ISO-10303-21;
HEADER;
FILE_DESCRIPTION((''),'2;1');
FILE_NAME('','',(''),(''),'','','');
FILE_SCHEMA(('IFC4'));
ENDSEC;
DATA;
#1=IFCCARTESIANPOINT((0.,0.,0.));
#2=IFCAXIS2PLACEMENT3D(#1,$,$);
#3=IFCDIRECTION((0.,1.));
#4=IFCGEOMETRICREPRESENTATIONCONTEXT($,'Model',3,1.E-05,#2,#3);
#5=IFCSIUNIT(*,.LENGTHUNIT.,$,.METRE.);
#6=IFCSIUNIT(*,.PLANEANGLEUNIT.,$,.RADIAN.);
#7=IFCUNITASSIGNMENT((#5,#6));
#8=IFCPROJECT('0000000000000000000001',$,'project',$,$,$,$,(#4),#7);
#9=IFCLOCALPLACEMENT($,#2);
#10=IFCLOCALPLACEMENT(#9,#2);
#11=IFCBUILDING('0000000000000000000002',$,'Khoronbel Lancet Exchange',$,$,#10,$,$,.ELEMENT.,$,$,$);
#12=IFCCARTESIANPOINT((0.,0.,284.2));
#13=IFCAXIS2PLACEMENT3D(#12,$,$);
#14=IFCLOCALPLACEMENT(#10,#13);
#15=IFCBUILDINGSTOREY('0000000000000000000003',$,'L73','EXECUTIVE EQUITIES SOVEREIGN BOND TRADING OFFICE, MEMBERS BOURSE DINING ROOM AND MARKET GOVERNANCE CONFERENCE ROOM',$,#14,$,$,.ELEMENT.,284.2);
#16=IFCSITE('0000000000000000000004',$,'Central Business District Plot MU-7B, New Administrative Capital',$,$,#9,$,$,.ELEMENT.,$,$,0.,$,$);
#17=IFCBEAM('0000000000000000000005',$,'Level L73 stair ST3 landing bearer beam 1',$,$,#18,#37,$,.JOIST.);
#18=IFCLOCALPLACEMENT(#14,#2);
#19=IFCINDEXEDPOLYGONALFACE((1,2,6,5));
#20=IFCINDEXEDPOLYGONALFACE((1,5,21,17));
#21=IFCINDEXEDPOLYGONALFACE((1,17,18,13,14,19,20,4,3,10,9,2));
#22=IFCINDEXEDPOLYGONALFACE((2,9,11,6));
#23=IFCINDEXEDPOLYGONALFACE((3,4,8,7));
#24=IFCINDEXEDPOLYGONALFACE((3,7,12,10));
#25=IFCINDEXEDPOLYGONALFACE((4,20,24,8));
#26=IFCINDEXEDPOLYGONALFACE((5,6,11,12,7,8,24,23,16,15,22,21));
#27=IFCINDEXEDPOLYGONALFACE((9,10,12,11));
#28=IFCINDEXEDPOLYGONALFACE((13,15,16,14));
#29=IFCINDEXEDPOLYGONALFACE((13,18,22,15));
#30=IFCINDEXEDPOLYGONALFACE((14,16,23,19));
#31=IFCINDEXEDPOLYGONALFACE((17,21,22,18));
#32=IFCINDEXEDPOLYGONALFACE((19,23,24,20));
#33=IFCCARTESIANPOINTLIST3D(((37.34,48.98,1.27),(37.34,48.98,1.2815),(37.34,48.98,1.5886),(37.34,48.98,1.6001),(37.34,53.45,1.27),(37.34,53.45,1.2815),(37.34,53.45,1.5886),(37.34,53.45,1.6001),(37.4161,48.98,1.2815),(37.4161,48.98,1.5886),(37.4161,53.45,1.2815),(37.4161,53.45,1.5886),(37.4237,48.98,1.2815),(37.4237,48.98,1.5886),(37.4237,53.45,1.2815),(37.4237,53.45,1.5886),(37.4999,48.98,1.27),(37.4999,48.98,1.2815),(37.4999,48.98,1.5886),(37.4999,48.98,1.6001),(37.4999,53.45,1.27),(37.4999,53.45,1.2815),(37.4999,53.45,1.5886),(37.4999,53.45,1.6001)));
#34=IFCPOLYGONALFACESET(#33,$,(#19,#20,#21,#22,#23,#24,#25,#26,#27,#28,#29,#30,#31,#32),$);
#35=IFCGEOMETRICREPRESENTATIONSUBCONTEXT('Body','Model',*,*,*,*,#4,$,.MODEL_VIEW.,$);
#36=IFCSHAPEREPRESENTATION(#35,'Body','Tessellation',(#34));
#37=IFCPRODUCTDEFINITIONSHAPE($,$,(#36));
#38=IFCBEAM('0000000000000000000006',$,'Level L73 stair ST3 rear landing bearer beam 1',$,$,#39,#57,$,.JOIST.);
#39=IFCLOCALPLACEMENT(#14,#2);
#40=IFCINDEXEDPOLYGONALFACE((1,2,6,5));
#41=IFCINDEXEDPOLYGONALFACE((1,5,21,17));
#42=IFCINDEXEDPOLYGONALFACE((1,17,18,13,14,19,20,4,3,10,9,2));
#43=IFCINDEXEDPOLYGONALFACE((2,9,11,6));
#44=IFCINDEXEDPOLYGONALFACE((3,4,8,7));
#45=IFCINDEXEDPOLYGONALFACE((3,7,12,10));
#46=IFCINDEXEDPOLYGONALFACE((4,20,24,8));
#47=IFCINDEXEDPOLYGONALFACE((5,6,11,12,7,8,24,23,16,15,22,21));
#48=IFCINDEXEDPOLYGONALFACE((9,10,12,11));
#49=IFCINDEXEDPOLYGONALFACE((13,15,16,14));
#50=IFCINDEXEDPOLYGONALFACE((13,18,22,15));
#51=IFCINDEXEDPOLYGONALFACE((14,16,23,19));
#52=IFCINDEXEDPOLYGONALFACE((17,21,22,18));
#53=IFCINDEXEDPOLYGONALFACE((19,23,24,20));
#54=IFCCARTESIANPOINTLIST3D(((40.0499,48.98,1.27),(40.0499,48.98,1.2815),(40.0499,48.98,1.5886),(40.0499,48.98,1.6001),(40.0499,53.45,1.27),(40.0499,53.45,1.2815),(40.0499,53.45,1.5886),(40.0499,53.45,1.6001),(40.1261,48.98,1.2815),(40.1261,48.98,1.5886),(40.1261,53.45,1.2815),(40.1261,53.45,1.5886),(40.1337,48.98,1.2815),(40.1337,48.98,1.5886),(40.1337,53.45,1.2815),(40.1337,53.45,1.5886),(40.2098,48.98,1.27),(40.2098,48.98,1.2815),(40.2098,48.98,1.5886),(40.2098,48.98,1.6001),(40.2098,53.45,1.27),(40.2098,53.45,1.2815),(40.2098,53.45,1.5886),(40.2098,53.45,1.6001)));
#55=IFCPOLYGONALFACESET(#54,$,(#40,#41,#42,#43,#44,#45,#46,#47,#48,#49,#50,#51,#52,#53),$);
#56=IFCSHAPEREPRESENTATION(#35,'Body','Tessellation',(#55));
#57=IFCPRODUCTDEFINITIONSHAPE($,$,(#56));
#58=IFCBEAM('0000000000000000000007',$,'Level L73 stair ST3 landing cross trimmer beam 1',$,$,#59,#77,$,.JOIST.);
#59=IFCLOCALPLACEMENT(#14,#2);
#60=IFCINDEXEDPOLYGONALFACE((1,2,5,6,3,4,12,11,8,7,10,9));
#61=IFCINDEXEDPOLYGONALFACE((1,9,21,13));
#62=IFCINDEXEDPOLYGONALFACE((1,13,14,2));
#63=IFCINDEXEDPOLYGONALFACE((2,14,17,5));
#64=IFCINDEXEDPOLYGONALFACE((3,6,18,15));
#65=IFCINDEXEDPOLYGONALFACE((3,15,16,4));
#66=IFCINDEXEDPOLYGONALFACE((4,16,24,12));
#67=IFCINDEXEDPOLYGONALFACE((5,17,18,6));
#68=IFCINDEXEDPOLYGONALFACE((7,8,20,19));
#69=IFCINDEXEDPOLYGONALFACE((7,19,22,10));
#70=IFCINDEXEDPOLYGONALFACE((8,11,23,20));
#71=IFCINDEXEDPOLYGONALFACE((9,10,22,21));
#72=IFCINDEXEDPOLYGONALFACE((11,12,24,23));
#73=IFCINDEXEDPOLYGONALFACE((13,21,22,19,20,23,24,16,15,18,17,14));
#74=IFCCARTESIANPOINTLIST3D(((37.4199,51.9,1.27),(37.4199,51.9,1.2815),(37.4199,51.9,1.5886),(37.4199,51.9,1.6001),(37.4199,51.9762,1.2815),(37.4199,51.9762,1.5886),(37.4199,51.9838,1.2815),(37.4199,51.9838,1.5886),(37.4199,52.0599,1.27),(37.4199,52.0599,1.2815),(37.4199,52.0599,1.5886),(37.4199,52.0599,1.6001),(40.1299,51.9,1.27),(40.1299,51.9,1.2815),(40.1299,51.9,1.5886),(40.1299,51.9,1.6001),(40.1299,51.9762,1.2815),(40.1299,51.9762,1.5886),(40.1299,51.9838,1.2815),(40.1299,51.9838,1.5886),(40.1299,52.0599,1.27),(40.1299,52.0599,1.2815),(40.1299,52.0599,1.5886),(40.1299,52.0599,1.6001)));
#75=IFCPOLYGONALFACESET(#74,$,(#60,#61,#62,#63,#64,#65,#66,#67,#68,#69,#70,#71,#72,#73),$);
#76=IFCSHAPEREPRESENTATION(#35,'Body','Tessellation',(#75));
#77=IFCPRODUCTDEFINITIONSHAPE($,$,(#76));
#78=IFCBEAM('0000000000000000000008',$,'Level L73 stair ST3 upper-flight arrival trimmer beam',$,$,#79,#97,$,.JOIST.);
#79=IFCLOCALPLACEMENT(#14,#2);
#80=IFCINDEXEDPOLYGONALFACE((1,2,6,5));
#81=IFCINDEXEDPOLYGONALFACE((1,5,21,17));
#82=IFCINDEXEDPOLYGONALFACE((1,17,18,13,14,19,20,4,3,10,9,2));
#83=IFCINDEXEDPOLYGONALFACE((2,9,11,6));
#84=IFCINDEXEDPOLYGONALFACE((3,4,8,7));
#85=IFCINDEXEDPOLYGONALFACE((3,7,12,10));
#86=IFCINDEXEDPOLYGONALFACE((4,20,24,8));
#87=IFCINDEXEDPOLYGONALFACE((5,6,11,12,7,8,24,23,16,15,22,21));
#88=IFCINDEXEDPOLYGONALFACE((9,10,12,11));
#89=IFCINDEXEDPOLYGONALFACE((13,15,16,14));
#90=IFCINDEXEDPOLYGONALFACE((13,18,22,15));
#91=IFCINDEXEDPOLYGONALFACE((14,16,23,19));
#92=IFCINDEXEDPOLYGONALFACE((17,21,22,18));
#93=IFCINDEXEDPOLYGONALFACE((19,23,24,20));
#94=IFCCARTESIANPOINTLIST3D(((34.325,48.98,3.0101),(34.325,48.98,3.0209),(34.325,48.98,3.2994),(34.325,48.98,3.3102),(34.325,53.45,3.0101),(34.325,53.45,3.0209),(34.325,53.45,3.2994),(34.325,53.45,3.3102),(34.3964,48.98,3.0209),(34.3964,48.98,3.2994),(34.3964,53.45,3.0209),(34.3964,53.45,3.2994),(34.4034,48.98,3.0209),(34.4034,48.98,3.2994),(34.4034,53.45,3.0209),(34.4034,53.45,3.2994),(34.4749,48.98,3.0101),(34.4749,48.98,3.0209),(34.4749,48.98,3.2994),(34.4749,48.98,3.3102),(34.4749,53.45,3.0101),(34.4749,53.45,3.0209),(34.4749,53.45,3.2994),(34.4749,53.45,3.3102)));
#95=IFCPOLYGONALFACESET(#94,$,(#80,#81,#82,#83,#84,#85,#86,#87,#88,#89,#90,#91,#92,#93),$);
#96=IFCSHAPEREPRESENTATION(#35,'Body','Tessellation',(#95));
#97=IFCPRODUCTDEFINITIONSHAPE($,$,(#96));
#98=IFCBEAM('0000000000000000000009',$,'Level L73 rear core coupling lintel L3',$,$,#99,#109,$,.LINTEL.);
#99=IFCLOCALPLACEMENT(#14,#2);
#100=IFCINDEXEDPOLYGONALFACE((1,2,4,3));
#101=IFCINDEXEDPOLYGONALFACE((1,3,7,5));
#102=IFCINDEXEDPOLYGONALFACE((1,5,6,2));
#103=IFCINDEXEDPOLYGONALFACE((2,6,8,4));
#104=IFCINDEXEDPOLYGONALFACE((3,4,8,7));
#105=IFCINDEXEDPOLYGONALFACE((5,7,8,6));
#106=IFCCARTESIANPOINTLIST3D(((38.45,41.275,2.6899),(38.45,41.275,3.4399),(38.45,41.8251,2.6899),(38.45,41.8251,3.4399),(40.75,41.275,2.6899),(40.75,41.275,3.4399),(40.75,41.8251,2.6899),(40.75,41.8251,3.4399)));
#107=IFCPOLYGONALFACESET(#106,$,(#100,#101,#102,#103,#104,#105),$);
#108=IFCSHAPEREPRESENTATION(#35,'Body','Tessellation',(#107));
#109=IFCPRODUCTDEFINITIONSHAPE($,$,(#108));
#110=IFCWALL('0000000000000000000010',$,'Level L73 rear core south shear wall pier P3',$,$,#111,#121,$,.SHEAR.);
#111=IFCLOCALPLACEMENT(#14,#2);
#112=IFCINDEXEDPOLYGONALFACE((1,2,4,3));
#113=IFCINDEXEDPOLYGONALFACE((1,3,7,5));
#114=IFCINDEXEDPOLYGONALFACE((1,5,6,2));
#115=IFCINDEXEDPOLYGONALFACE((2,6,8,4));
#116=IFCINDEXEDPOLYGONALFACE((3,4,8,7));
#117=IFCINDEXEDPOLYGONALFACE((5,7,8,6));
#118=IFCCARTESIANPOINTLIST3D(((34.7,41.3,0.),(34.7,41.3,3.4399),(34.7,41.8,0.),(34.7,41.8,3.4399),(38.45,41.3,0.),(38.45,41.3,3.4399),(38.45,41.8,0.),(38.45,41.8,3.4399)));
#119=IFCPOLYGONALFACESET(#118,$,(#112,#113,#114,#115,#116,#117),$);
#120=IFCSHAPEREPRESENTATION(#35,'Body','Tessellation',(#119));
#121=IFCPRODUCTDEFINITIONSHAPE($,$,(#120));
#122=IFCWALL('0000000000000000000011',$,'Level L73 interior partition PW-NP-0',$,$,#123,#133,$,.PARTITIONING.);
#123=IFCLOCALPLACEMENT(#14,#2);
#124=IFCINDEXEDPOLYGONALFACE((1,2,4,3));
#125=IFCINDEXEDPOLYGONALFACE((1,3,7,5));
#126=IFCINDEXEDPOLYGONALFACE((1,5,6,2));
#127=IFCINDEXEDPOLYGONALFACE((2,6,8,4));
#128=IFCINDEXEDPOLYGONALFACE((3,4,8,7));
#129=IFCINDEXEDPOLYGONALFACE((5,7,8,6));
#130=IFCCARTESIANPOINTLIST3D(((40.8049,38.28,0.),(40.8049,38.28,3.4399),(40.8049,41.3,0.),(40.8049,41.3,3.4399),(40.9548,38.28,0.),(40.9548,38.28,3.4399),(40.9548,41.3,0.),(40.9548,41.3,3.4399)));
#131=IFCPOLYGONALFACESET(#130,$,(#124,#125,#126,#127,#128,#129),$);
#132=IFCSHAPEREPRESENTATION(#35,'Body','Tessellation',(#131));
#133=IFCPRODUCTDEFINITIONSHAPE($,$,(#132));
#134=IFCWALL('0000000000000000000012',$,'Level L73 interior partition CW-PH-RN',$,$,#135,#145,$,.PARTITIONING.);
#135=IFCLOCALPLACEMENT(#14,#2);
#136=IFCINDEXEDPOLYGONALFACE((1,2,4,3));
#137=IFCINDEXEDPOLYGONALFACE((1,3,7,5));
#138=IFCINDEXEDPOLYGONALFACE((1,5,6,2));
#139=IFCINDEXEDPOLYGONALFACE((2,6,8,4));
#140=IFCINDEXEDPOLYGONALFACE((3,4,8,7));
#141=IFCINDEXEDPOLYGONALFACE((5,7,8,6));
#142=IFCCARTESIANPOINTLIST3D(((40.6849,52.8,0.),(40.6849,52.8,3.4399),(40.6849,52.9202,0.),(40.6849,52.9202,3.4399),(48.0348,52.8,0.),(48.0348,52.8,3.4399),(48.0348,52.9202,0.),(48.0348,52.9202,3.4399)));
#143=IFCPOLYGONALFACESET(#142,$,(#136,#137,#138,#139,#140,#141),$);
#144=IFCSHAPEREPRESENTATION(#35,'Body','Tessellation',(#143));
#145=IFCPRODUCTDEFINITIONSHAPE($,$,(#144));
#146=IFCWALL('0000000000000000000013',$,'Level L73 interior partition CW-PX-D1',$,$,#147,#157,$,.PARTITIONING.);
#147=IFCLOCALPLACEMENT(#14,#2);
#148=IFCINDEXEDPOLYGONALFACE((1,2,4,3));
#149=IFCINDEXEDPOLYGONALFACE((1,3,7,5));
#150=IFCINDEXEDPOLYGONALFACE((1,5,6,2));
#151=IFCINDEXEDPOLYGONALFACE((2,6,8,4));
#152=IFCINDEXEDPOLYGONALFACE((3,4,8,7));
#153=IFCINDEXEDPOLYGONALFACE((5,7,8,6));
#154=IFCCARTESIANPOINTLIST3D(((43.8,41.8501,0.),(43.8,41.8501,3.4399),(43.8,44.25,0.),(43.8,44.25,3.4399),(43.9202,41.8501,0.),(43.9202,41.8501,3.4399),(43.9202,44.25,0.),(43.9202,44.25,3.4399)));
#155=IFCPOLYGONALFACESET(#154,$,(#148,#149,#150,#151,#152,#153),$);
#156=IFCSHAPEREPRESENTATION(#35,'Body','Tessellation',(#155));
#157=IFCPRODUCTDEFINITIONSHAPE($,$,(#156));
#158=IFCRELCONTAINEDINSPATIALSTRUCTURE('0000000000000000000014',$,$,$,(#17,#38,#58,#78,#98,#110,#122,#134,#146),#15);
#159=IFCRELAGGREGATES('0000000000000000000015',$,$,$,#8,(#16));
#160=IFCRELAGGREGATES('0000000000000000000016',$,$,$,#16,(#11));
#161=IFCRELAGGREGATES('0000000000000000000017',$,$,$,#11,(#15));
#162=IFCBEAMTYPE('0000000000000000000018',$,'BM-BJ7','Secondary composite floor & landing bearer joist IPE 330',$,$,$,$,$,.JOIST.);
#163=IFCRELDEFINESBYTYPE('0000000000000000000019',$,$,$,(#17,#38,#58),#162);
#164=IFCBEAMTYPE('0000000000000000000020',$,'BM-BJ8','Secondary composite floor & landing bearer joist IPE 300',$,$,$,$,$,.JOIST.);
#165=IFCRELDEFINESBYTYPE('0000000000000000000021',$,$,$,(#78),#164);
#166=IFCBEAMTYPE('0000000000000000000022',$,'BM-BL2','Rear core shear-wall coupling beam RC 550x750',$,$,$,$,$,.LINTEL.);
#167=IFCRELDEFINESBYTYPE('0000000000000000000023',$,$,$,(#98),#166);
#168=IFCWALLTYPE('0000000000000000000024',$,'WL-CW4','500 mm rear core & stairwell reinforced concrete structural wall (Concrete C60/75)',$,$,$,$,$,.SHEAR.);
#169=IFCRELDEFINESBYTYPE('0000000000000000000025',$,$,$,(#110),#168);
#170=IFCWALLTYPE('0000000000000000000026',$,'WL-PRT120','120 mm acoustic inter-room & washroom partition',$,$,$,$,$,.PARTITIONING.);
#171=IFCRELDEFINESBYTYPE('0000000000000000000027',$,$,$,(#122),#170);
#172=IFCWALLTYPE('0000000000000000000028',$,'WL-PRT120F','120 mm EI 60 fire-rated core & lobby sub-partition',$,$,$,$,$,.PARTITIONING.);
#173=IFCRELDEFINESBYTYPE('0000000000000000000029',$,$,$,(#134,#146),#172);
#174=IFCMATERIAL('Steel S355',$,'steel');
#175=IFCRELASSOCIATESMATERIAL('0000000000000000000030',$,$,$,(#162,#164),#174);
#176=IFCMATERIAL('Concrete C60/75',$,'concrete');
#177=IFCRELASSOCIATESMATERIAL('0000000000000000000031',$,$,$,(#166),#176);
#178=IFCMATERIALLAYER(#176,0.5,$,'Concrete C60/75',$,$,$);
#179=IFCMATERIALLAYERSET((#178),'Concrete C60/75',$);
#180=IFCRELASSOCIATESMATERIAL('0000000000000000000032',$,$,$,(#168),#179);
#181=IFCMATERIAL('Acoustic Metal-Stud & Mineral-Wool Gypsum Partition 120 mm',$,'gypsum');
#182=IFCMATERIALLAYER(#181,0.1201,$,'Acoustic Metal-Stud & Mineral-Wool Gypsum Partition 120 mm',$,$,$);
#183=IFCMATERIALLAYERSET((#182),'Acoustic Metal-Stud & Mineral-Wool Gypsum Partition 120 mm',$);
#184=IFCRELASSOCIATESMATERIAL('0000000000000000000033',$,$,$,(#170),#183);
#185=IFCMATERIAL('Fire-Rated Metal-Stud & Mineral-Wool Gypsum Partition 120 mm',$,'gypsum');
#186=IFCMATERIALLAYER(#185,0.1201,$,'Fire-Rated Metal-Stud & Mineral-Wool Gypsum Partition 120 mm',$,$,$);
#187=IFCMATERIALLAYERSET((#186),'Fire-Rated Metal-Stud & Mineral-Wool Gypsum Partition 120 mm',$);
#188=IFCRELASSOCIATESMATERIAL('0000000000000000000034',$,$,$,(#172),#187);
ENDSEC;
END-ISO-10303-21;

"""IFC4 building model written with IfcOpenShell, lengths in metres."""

from ifc_helpers import new_model, si_unit, direction, frame, frame_2d, origin, origin_2d, place, context, subcontext, project, spatial, rectangle, i_section, extrude, material, layer, layer_set, material_profile, profile_set, type_object, element, save


model = new_model("IFC4")

# Units and contexts
model_context = context("Model", 3, precision=1e-05, world=origin(), true_north=direction((0.0, 1.0)))
body_context = subcontext(model_context, "Body", "Model", "MODEL_VIEW")
ifc_project = project(units=[si_unit("LENGTHUNIT", "METRE"), si_unit("PLANEANGLEUNIT", "RADIAN")], contexts=[model_context])

# Site, building, storey
site_placement = place(None, origin())
site = spatial("IfcSite", under=ifc_project, at=site_placement, Name="Central Business District Plot MU-7B, New Administrative Capital", CompositionType="ELEMENT", RefElevation=0.0)
building_placement = place(site_placement, origin())
building = spatial("IfcBuilding", under=site, at=building_placement, Name="Khoronbel Lancet Exchange", CompositionType="ELEMENT")
storey_placement = place(building_placement, frame((0.0, 0.0, 284.2)))
storey = spatial("IfcBuildingStorey", under=building, at=storey_placement, Name="L73", Description="EXECUTIVE EQUITIES SOVEREIGN BOND TRADING OFFICE, MEMBERS BOURSE DINING ROOM AND MARKET GOVERNANCE CONFERENCE ROOM", CompositionType="ELEMENT", Elevation=284.2)

# Beams
ifc_material_1 = material(Name="Steel S355", Category="steel")
ifc_material_profile_1 = material_profile(ifc_material_1, i_section(OverallWidth=0.1599, OverallDepth=0.3301, WebThickness=0.0076, FlangeThickness=0.0115, at=origin_2d()), Name="IPE 330")
ifc_profile_set_1 = profile_set([ifc_material_profile_1], Name="Steel S355")
beam_type_1 = type_object("IfcBeamType", Name="BM-BJ7", Description="Secondary composite floor & landing bearer joist IPE 330", PredefinedType="JOIST", material=ifc_profile_set_1)
for number, where, z_axis, x_axis, name in (
    (1, (37.4199, 48.98, 1.4351), (0.0, 1.0, 0.0), (-1.0, 0.0, 0.0), "Level L73 stair ST3 landing bearer beam 1"),
    (2, (40.1299, 48.98, 1.4351), (0.0, 1.0, 0.0), (-1.0, 0.0, 0.0), "Level L73 stair ST3 rear landing bearer beam 1"),
):
    element("IfcBeam", number, at=place(storey_placement, frame(where, z_axis=z_axis, x_axis=x_axis)), inside=storey, type_object=beam_type_1, Name=name, PredefinedType="JOIST", context=body_context, shape_type="SweptSolid", body=[
        extrude(i_section(OverallWidth=0.1599, OverallDepth=0.3301, WebThickness=0.0076, FlangeThickness=0.0115, at=origin_2d()), origin(), (0.0, 0.0, 1.0), 4.47),
    ])
beam_1_placement = place(storey_placement, frame((37.4199, 51.98, 1.4351), z_axis=(1.0, 0.0, 0.0), x_axis=(0.0, 1.0, 0.0)))
element("IfcBeam", 3, at=beam_1_placement, inside=storey, type_object=beam_type_1, Name="Level L73 stair ST3 landing cross trimmer beam 1", PredefinedType="JOIST", context=body_context, shape_type="SweptSolid", body=[
    extrude(i_section(OverallWidth=0.1599, OverallDepth=0.3301, WebThickness=0.0076, FlangeThickness=0.0115, at=origin_2d()), origin(), (0.0, 0.0, 1.0), 2.71),
])
ifc_material_profile_2 = material_profile(ifc_material_1, i_section(OverallWidth=0.1499, OverallDepth=0.3, WebThickness=0.0071, FlangeThickness=0.0107, at=origin_2d()), Name="IPE 300")
ifc_profile_set_2 = profile_set([ifc_material_profile_2], Name="Steel S355")
beam_type_2 = type_object("IfcBeamType", Name="BM-BJ8", Description="Secondary composite floor & landing bearer joist IPE 300", PredefinedType="JOIST", material=ifc_profile_set_2)
beam_2_placement = place(storey_placement, frame((34.3999, 48.98, 3.1602), z_axis=(0.0, 1.0, 0.0), x_axis=(-1.0, 0.0, 0.0)))
element("IfcBeam", 4, at=beam_2_placement, inside=storey, type_object=beam_type_2, Name="Level L73 stair ST3 upper-flight arrival trimmer beam", PredefinedType="JOIST", context=body_context, shape_type="SweptSolid", body=[
    extrude(i_section(OverallWidth=0.1499, OverallDepth=0.3, WebThickness=0.0071, FlangeThickness=0.0107, at=origin_2d()), origin(), (0.0, 0.0, 1.0), 4.47),
])
ifc_material_2 = material(Name="Concrete C60/75", Category="concrete")
ifc_material_profile_3 = material_profile(ifc_material_2, rectangle(XDim=0.55, YDim=0.75, at=origin_2d()), Name="RC 550x750")
ifc_profile_set_3 = profile_set([ifc_material_profile_3], Name="Concrete C60/75")
beam_type_3 = type_object("IfcBeamType", Name="BM-BL2", Description="Rear core shear-wall coupling beam RC 550x750", PredefinedType="LINTEL", material=ifc_profile_set_3)
beam_3_placement = place(storey_placement, frame((38.45, 41.55, 3.0649), z_axis=(1.0, 0.0, 0.0), x_axis=(0.0, 1.0, 0.0)))
element("IfcBeam", 5, at=beam_3_placement, inside=storey, type_object=beam_type_3, Name="Level L73 rear core coupling lintel L3", PredefinedType="LINTEL", context=body_context, shape_type="SweptSolid", body=[
    extrude(rectangle(XDim=0.55, YDim=0.75, at=origin_2d()), origin(), (0.0, 0.0, 1.0), 2.3),
])

# Walls
ifc_layer_1 = layer(ifc_material_2, 0.5, Name="Concrete C60/75")
ifc_layer_set_1 = layer_set([ifc_layer_1], Name="Concrete C60/75")
wall_type_1 = type_object("IfcWallType", Name="WL-CW4", Description="500 mm rear core & stairwell reinforced concrete structural wall (Concrete C60/75)", PredefinedType="SHEAR", material=ifc_layer_set_1)
wall_1_placement = place(storey_placement, frame((38.45, 41.55, 0.0), z_axis=(0.0, 0.0, 1.0), x_axis=(-1.0, 0.0, 0.0)))
element("IfcWall", 6, at=wall_1_placement, inside=storey, type_object=wall_type_1, Name="Level L73 rear core south shear wall pier P3", PredefinedType="SHEAR", context=body_context, shape_type="SweptSolid", body=[
    extrude(rectangle(XDim=3.75, YDim=0.5, at=frame_2d((1.875, 0.0))), origin(), (0.0, 0.0, 1.0), 3.4399),
])
ifc_material_3 = material(Name="Acoustic Metal-Stud & Mineral-Wool Gypsum Partition 120 mm", Category="gypsum")
ifc_layer_2 = layer(ifc_material_3, 0.1201, Name="Acoustic Metal-Stud & Mineral-Wool Gypsum Partition 120 mm")
ifc_layer_set_2 = layer_set([ifc_layer_2], Name="Acoustic Metal-Stud & Mineral-Wool Gypsum Partition 120 mm")
wall_type_2 = type_object("IfcWallType", Name="WL-PRT120", Description="120 mm acoustic inter-room & washroom partition", PredefinedType="PARTITIONING", material=ifc_layer_set_2)
wall_2_placement = place(storey_placement, frame((40.8799, 38.28, 0.0), z_axis=(0.0, 0.0, 1.0), x_axis=(0.0, 1.0, 0.0)))
element("IfcWall", 7, at=wall_2_placement, inside=storey, type_object=wall_type_2, Name="Level L73 interior partition PW-NP-0", PredefinedType="PARTITIONING", context=body_context, shape_type="SweptSolid", body=[
    extrude(rectangle(XDim=3.02, YDim=0.1499, at=frame_2d((1.51, 0.0))), origin(), (0.0, 0.0, 1.0), 3.4399),
])
ifc_material_4 = material(Name="Fire-Rated Metal-Stud & Mineral-Wool Gypsum Partition 120 mm", Category="gypsum")
ifc_layer_3 = layer(ifc_material_4, 0.1201, Name="Fire-Rated Metal-Stud & Mineral-Wool Gypsum Partition 120 mm")
ifc_layer_set_3 = layer_set([ifc_layer_3], Name="Fire-Rated Metal-Stud & Mineral-Wool Gypsum Partition 120 mm")
wall_type_3 = type_object("IfcWallType", Name="WL-PRT120F", Description="120 mm EI 60 fire-rated core & lobby sub-partition", PredefinedType="PARTITIONING", material=ifc_layer_set_3)
wall_3_placement = place(storey_placement, frame((40.6851, 52.8601, 0.0), z_axis=(0.0, 0.0, 1.0), x_axis=(1.0, 0.0, 0.0)))
element("IfcWall", 8, at=wall_3_placement, inside=storey, type_object=wall_type_3, Name="Level L73 interior partition CW-PH-RN", PredefinedType="PARTITIONING", context=body_context, shape_type="SweptSolid", body=[
    extrude(rectangle(XDim=7.3499, YDim=0.1201, at=frame_2d((3.6748, 0.0))), origin(), (0.0, 0.0, 1.0), 3.4399),
])
wall_4_placement = place(storey_placement, frame((43.8601, 41.8501, 0.0), z_axis=(0.0, 0.0, 1.0), x_axis=(0.0, 1.0, 0.0)))
element("IfcWall", 9, at=wall_4_placement, inside=storey, type_object=wall_type_3, Name="Level L73 interior partition CW-PX-D1", PredefinedType="PARTITIONING", context=body_context, shape_type="SweptSolid", body=[
    extrude(rectangle(XDim=2.3999, YDim=0.1201, at=frame_2d((1.2, 0.0))), origin(), (0.0, 0.0, 1.0), 3.4399),
])

save(model, "model.ifc")
